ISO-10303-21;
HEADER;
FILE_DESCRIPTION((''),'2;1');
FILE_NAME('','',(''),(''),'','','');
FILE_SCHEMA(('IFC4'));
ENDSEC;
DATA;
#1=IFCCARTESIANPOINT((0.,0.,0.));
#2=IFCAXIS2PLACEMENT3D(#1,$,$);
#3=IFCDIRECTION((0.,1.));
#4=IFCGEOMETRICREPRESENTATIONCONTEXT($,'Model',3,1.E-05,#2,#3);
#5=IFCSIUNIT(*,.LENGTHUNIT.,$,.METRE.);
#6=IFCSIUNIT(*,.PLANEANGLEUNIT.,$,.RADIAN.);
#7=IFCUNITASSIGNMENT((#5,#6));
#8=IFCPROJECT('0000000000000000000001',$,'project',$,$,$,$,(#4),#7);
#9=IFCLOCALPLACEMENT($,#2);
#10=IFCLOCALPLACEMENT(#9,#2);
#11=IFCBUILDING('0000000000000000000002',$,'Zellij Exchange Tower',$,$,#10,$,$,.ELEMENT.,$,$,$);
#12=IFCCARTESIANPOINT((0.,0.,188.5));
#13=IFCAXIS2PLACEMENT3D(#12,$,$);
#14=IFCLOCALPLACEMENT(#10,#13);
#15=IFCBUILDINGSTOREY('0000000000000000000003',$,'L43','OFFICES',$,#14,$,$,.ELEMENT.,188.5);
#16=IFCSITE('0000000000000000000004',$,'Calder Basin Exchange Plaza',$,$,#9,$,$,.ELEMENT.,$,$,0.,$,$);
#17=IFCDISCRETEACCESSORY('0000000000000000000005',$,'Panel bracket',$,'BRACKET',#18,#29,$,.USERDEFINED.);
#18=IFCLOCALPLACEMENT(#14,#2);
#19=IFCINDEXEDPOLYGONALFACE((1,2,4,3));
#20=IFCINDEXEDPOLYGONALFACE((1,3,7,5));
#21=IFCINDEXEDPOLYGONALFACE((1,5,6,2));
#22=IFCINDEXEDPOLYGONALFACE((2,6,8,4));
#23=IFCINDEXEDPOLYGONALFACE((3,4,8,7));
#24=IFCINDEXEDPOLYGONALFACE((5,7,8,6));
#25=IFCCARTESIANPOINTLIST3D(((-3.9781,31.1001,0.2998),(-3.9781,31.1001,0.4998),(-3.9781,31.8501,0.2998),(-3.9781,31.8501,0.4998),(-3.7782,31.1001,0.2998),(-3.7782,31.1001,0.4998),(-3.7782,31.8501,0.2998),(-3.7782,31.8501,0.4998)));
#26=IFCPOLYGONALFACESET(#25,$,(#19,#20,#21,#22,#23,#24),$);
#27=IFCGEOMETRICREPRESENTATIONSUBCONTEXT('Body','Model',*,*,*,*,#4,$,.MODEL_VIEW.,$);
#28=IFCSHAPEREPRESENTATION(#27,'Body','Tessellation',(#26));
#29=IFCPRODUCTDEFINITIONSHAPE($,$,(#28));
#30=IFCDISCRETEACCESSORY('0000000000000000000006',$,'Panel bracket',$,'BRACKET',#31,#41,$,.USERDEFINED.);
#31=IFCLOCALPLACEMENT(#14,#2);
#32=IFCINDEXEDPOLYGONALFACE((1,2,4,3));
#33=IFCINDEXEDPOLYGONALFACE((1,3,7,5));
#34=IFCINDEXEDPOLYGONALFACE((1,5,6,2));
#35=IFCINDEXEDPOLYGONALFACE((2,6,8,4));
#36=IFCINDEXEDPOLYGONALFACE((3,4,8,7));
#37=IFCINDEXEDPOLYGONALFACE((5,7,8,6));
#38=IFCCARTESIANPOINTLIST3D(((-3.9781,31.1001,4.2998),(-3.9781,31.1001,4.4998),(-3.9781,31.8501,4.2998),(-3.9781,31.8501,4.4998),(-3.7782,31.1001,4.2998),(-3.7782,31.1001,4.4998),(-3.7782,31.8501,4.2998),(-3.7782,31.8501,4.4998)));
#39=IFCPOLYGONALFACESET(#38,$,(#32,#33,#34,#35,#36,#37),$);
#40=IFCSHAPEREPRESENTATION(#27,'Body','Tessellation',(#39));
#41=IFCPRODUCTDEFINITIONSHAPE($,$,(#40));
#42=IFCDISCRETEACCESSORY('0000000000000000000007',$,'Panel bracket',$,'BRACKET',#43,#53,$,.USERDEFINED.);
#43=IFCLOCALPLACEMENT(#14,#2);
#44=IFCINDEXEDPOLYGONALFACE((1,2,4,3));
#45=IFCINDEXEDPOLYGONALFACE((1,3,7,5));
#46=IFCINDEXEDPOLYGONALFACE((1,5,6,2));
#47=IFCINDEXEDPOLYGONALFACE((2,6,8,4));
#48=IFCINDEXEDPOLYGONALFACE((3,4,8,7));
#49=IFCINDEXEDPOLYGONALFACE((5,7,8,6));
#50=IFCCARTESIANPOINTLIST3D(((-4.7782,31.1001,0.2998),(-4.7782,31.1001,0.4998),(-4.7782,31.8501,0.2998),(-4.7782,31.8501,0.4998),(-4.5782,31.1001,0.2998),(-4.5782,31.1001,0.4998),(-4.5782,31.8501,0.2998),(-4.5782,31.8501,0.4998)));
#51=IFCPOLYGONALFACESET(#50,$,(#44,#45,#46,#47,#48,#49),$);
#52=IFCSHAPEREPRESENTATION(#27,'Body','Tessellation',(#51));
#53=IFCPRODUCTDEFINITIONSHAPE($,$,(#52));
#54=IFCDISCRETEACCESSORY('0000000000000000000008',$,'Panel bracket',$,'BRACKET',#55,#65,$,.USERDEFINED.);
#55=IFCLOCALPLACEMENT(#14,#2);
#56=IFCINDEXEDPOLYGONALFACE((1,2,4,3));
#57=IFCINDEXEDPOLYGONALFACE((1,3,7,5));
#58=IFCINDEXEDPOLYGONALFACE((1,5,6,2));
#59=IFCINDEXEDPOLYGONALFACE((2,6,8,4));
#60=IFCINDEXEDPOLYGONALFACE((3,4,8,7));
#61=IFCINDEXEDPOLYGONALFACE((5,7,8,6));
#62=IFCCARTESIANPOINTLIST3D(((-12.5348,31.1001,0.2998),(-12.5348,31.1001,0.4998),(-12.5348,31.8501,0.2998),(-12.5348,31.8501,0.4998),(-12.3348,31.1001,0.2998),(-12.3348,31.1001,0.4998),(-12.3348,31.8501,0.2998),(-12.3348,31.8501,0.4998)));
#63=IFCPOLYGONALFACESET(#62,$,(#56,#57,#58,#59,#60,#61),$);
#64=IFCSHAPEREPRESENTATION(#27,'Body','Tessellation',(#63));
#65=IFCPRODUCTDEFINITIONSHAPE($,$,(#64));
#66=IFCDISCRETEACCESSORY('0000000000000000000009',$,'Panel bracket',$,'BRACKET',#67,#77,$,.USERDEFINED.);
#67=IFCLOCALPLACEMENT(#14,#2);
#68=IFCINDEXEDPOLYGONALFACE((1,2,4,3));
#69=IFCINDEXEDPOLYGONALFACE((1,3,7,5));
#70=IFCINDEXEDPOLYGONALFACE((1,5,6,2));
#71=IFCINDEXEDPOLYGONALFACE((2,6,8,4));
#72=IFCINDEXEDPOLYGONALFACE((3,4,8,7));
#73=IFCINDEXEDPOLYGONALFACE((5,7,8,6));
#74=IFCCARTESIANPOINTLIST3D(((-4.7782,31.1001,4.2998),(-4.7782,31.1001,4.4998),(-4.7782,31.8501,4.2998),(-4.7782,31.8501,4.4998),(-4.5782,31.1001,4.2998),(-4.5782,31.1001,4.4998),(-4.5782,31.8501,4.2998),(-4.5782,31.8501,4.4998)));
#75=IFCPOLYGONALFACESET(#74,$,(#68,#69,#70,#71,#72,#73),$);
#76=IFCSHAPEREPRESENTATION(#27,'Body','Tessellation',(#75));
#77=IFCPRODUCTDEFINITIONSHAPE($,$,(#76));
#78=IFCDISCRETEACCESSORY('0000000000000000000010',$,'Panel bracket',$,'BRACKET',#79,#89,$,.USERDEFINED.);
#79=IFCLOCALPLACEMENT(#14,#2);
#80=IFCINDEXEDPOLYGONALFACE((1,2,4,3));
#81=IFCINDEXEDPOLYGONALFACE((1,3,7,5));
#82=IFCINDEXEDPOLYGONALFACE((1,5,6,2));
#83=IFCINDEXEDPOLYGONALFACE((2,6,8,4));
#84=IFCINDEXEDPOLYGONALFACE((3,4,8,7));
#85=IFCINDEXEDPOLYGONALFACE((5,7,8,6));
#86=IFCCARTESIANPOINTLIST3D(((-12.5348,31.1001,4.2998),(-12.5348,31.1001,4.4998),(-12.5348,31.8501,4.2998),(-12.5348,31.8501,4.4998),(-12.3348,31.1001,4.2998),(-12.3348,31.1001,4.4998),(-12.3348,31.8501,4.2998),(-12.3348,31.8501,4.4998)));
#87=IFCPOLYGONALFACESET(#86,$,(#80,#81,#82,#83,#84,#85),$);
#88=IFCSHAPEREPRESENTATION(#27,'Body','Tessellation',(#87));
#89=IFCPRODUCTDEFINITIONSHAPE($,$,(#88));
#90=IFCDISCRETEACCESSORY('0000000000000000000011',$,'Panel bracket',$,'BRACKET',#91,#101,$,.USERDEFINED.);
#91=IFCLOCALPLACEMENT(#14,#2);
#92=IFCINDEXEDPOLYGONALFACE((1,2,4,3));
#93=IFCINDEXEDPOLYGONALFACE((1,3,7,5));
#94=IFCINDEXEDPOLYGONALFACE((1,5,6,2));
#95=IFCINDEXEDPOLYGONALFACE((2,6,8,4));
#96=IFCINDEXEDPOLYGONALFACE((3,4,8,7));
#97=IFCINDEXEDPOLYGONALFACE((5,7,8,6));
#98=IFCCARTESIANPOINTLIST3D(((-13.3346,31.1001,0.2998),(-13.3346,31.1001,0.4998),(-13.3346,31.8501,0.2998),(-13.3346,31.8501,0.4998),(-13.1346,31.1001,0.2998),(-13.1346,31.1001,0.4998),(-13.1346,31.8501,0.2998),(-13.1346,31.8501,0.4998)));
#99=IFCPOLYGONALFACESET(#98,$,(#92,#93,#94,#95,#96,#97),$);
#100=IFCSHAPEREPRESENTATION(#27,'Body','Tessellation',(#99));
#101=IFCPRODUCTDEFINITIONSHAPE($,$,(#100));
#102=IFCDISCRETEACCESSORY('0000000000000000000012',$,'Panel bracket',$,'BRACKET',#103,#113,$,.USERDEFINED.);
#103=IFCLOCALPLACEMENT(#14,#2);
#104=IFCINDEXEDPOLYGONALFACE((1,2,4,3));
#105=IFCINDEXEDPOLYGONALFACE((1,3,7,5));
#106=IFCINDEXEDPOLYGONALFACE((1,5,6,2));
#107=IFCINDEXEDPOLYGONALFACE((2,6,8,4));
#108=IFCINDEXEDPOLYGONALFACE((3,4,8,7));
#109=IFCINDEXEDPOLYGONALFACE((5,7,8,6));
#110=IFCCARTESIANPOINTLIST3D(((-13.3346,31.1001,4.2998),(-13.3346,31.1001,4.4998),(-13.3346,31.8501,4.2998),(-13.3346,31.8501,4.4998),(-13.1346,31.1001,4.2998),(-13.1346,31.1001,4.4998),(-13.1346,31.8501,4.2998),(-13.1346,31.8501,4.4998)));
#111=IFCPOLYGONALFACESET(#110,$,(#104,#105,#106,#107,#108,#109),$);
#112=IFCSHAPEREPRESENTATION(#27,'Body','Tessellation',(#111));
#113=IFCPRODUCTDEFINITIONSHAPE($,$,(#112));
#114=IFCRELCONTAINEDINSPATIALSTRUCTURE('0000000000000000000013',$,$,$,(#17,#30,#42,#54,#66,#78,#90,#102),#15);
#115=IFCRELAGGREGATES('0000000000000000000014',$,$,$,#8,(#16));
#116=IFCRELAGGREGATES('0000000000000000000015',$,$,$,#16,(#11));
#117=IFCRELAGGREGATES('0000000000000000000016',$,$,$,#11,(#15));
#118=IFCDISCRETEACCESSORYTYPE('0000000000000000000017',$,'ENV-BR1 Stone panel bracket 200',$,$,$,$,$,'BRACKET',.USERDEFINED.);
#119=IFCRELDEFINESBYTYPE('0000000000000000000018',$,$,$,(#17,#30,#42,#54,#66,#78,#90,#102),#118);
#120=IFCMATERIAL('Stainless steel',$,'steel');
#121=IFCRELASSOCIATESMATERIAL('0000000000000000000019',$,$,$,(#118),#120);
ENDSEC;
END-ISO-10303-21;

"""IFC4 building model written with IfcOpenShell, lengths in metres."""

from ifc_helpers import new_model, si_unit, direction, frame, origin, origin_2d, place, context, subcontext, project, spatial, rectangle, extrude, material, type_object, element, save


model = new_model("IFC4")

# Units and contexts
model_context = context("Model", 3, precision=1e-05, world=origin(), true_north=direction((0.0, 1.0)))
body_context = subcontext(model_context, "Body", "Model", "MODEL_VIEW")
ifc_project = project(units=[si_unit("LENGTHUNIT", "METRE"), si_unit("PLANEANGLEUNIT", "RADIAN")], contexts=[model_context])

# Site, building, storey
site_placement = place(None, origin())
site = spatial("IfcSite", under=ifc_project, at=site_placement, Name="Calder Basin Exchange Plaza", CompositionType="ELEMENT", RefElevation=0.0)
building_placement = place(site_placement, origin())
building = spatial("IfcBuilding", under=site, at=building_placement, Name="Zellij Exchange Tower", CompositionType="ELEMENT")
storey_placement = place(building_placement, frame((0.0, 0.0, 188.5)))
storey = spatial("IfcBuildingStorey", under=building, at=storey_placement, Name="L43", Description="OFFICES", CompositionType="ELEMENT", Elevation=188.5)

# Discrete accessories
ifc_material_1 = material(Name="Stainless steel", Category="steel")
discrete_accessory_type = type_object("IfcDiscreteAccessoryType", Name="ENV-BR1 Stone panel bracket 200", ElementType="BRACKET", PredefinedType="USERDEFINED", material=ifc_material_1)
for number, where, z_axis, x_axis, name in (
    (1, (-3.8782, 31.4751, 0.2998), (0.0, 0.0, 1.0), (-1.0, 0.0, 0.0), "Panel bracket"),
    (2, (-3.8782, 31.4751, 4.2998), (0.0, 0.0, 1.0), (-1.0, 0.0, 0.0), "Panel bracket"),
    (3, (-4.6782, 31.4751, 0.2998), (0.0, 0.0, 1.0), (-1.0, 0.0, 0.0), "Panel bracket"),
    (4, (-12.4348, 31.4751, 0.2998), (0.0, 0.0, 1.0), (-1.0, 0.0, 0.0), "Panel bracket"),
    (5, (-4.6782, 31.4751, 4.2998), (0.0, 0.0, 1.0), (-1.0, 0.0, 0.0), "Panel bracket"),
    (6, (-12.4348, 31.4751, 4.2998), (0.0, 0.0, 1.0), (-1.0, 0.0, 0.0), "Panel bracket"),
    (7, (-13.2346, 31.4751, 0.2998), (0.0, 0.0, 1.0), (-1.0, 0.0, 0.0), "Panel bracket"),
    (8, (-13.2346, 31.4751, 4.2998), (0.0, 0.0, 1.0), (-1.0, 0.0, 0.0), "Panel bracket"),
):
    element("IfcDiscreteAccessory", number, at=place(storey_placement, frame(where, z_axis=z_axis, x_axis=x_axis)), inside=storey, type_object=discrete_accessory_type, Name=name, ObjectType="BRACKET", PredefinedType="USERDEFINED", context=body_context, shape_type="SweptSolid", body=[
        extrude(rectangle(XDim=0.2, YDim=0.75, at=origin_2d()), origin(), (0.0, 0.0, 1.0), 0.2),
    ])

save(model, "model.ifc")
